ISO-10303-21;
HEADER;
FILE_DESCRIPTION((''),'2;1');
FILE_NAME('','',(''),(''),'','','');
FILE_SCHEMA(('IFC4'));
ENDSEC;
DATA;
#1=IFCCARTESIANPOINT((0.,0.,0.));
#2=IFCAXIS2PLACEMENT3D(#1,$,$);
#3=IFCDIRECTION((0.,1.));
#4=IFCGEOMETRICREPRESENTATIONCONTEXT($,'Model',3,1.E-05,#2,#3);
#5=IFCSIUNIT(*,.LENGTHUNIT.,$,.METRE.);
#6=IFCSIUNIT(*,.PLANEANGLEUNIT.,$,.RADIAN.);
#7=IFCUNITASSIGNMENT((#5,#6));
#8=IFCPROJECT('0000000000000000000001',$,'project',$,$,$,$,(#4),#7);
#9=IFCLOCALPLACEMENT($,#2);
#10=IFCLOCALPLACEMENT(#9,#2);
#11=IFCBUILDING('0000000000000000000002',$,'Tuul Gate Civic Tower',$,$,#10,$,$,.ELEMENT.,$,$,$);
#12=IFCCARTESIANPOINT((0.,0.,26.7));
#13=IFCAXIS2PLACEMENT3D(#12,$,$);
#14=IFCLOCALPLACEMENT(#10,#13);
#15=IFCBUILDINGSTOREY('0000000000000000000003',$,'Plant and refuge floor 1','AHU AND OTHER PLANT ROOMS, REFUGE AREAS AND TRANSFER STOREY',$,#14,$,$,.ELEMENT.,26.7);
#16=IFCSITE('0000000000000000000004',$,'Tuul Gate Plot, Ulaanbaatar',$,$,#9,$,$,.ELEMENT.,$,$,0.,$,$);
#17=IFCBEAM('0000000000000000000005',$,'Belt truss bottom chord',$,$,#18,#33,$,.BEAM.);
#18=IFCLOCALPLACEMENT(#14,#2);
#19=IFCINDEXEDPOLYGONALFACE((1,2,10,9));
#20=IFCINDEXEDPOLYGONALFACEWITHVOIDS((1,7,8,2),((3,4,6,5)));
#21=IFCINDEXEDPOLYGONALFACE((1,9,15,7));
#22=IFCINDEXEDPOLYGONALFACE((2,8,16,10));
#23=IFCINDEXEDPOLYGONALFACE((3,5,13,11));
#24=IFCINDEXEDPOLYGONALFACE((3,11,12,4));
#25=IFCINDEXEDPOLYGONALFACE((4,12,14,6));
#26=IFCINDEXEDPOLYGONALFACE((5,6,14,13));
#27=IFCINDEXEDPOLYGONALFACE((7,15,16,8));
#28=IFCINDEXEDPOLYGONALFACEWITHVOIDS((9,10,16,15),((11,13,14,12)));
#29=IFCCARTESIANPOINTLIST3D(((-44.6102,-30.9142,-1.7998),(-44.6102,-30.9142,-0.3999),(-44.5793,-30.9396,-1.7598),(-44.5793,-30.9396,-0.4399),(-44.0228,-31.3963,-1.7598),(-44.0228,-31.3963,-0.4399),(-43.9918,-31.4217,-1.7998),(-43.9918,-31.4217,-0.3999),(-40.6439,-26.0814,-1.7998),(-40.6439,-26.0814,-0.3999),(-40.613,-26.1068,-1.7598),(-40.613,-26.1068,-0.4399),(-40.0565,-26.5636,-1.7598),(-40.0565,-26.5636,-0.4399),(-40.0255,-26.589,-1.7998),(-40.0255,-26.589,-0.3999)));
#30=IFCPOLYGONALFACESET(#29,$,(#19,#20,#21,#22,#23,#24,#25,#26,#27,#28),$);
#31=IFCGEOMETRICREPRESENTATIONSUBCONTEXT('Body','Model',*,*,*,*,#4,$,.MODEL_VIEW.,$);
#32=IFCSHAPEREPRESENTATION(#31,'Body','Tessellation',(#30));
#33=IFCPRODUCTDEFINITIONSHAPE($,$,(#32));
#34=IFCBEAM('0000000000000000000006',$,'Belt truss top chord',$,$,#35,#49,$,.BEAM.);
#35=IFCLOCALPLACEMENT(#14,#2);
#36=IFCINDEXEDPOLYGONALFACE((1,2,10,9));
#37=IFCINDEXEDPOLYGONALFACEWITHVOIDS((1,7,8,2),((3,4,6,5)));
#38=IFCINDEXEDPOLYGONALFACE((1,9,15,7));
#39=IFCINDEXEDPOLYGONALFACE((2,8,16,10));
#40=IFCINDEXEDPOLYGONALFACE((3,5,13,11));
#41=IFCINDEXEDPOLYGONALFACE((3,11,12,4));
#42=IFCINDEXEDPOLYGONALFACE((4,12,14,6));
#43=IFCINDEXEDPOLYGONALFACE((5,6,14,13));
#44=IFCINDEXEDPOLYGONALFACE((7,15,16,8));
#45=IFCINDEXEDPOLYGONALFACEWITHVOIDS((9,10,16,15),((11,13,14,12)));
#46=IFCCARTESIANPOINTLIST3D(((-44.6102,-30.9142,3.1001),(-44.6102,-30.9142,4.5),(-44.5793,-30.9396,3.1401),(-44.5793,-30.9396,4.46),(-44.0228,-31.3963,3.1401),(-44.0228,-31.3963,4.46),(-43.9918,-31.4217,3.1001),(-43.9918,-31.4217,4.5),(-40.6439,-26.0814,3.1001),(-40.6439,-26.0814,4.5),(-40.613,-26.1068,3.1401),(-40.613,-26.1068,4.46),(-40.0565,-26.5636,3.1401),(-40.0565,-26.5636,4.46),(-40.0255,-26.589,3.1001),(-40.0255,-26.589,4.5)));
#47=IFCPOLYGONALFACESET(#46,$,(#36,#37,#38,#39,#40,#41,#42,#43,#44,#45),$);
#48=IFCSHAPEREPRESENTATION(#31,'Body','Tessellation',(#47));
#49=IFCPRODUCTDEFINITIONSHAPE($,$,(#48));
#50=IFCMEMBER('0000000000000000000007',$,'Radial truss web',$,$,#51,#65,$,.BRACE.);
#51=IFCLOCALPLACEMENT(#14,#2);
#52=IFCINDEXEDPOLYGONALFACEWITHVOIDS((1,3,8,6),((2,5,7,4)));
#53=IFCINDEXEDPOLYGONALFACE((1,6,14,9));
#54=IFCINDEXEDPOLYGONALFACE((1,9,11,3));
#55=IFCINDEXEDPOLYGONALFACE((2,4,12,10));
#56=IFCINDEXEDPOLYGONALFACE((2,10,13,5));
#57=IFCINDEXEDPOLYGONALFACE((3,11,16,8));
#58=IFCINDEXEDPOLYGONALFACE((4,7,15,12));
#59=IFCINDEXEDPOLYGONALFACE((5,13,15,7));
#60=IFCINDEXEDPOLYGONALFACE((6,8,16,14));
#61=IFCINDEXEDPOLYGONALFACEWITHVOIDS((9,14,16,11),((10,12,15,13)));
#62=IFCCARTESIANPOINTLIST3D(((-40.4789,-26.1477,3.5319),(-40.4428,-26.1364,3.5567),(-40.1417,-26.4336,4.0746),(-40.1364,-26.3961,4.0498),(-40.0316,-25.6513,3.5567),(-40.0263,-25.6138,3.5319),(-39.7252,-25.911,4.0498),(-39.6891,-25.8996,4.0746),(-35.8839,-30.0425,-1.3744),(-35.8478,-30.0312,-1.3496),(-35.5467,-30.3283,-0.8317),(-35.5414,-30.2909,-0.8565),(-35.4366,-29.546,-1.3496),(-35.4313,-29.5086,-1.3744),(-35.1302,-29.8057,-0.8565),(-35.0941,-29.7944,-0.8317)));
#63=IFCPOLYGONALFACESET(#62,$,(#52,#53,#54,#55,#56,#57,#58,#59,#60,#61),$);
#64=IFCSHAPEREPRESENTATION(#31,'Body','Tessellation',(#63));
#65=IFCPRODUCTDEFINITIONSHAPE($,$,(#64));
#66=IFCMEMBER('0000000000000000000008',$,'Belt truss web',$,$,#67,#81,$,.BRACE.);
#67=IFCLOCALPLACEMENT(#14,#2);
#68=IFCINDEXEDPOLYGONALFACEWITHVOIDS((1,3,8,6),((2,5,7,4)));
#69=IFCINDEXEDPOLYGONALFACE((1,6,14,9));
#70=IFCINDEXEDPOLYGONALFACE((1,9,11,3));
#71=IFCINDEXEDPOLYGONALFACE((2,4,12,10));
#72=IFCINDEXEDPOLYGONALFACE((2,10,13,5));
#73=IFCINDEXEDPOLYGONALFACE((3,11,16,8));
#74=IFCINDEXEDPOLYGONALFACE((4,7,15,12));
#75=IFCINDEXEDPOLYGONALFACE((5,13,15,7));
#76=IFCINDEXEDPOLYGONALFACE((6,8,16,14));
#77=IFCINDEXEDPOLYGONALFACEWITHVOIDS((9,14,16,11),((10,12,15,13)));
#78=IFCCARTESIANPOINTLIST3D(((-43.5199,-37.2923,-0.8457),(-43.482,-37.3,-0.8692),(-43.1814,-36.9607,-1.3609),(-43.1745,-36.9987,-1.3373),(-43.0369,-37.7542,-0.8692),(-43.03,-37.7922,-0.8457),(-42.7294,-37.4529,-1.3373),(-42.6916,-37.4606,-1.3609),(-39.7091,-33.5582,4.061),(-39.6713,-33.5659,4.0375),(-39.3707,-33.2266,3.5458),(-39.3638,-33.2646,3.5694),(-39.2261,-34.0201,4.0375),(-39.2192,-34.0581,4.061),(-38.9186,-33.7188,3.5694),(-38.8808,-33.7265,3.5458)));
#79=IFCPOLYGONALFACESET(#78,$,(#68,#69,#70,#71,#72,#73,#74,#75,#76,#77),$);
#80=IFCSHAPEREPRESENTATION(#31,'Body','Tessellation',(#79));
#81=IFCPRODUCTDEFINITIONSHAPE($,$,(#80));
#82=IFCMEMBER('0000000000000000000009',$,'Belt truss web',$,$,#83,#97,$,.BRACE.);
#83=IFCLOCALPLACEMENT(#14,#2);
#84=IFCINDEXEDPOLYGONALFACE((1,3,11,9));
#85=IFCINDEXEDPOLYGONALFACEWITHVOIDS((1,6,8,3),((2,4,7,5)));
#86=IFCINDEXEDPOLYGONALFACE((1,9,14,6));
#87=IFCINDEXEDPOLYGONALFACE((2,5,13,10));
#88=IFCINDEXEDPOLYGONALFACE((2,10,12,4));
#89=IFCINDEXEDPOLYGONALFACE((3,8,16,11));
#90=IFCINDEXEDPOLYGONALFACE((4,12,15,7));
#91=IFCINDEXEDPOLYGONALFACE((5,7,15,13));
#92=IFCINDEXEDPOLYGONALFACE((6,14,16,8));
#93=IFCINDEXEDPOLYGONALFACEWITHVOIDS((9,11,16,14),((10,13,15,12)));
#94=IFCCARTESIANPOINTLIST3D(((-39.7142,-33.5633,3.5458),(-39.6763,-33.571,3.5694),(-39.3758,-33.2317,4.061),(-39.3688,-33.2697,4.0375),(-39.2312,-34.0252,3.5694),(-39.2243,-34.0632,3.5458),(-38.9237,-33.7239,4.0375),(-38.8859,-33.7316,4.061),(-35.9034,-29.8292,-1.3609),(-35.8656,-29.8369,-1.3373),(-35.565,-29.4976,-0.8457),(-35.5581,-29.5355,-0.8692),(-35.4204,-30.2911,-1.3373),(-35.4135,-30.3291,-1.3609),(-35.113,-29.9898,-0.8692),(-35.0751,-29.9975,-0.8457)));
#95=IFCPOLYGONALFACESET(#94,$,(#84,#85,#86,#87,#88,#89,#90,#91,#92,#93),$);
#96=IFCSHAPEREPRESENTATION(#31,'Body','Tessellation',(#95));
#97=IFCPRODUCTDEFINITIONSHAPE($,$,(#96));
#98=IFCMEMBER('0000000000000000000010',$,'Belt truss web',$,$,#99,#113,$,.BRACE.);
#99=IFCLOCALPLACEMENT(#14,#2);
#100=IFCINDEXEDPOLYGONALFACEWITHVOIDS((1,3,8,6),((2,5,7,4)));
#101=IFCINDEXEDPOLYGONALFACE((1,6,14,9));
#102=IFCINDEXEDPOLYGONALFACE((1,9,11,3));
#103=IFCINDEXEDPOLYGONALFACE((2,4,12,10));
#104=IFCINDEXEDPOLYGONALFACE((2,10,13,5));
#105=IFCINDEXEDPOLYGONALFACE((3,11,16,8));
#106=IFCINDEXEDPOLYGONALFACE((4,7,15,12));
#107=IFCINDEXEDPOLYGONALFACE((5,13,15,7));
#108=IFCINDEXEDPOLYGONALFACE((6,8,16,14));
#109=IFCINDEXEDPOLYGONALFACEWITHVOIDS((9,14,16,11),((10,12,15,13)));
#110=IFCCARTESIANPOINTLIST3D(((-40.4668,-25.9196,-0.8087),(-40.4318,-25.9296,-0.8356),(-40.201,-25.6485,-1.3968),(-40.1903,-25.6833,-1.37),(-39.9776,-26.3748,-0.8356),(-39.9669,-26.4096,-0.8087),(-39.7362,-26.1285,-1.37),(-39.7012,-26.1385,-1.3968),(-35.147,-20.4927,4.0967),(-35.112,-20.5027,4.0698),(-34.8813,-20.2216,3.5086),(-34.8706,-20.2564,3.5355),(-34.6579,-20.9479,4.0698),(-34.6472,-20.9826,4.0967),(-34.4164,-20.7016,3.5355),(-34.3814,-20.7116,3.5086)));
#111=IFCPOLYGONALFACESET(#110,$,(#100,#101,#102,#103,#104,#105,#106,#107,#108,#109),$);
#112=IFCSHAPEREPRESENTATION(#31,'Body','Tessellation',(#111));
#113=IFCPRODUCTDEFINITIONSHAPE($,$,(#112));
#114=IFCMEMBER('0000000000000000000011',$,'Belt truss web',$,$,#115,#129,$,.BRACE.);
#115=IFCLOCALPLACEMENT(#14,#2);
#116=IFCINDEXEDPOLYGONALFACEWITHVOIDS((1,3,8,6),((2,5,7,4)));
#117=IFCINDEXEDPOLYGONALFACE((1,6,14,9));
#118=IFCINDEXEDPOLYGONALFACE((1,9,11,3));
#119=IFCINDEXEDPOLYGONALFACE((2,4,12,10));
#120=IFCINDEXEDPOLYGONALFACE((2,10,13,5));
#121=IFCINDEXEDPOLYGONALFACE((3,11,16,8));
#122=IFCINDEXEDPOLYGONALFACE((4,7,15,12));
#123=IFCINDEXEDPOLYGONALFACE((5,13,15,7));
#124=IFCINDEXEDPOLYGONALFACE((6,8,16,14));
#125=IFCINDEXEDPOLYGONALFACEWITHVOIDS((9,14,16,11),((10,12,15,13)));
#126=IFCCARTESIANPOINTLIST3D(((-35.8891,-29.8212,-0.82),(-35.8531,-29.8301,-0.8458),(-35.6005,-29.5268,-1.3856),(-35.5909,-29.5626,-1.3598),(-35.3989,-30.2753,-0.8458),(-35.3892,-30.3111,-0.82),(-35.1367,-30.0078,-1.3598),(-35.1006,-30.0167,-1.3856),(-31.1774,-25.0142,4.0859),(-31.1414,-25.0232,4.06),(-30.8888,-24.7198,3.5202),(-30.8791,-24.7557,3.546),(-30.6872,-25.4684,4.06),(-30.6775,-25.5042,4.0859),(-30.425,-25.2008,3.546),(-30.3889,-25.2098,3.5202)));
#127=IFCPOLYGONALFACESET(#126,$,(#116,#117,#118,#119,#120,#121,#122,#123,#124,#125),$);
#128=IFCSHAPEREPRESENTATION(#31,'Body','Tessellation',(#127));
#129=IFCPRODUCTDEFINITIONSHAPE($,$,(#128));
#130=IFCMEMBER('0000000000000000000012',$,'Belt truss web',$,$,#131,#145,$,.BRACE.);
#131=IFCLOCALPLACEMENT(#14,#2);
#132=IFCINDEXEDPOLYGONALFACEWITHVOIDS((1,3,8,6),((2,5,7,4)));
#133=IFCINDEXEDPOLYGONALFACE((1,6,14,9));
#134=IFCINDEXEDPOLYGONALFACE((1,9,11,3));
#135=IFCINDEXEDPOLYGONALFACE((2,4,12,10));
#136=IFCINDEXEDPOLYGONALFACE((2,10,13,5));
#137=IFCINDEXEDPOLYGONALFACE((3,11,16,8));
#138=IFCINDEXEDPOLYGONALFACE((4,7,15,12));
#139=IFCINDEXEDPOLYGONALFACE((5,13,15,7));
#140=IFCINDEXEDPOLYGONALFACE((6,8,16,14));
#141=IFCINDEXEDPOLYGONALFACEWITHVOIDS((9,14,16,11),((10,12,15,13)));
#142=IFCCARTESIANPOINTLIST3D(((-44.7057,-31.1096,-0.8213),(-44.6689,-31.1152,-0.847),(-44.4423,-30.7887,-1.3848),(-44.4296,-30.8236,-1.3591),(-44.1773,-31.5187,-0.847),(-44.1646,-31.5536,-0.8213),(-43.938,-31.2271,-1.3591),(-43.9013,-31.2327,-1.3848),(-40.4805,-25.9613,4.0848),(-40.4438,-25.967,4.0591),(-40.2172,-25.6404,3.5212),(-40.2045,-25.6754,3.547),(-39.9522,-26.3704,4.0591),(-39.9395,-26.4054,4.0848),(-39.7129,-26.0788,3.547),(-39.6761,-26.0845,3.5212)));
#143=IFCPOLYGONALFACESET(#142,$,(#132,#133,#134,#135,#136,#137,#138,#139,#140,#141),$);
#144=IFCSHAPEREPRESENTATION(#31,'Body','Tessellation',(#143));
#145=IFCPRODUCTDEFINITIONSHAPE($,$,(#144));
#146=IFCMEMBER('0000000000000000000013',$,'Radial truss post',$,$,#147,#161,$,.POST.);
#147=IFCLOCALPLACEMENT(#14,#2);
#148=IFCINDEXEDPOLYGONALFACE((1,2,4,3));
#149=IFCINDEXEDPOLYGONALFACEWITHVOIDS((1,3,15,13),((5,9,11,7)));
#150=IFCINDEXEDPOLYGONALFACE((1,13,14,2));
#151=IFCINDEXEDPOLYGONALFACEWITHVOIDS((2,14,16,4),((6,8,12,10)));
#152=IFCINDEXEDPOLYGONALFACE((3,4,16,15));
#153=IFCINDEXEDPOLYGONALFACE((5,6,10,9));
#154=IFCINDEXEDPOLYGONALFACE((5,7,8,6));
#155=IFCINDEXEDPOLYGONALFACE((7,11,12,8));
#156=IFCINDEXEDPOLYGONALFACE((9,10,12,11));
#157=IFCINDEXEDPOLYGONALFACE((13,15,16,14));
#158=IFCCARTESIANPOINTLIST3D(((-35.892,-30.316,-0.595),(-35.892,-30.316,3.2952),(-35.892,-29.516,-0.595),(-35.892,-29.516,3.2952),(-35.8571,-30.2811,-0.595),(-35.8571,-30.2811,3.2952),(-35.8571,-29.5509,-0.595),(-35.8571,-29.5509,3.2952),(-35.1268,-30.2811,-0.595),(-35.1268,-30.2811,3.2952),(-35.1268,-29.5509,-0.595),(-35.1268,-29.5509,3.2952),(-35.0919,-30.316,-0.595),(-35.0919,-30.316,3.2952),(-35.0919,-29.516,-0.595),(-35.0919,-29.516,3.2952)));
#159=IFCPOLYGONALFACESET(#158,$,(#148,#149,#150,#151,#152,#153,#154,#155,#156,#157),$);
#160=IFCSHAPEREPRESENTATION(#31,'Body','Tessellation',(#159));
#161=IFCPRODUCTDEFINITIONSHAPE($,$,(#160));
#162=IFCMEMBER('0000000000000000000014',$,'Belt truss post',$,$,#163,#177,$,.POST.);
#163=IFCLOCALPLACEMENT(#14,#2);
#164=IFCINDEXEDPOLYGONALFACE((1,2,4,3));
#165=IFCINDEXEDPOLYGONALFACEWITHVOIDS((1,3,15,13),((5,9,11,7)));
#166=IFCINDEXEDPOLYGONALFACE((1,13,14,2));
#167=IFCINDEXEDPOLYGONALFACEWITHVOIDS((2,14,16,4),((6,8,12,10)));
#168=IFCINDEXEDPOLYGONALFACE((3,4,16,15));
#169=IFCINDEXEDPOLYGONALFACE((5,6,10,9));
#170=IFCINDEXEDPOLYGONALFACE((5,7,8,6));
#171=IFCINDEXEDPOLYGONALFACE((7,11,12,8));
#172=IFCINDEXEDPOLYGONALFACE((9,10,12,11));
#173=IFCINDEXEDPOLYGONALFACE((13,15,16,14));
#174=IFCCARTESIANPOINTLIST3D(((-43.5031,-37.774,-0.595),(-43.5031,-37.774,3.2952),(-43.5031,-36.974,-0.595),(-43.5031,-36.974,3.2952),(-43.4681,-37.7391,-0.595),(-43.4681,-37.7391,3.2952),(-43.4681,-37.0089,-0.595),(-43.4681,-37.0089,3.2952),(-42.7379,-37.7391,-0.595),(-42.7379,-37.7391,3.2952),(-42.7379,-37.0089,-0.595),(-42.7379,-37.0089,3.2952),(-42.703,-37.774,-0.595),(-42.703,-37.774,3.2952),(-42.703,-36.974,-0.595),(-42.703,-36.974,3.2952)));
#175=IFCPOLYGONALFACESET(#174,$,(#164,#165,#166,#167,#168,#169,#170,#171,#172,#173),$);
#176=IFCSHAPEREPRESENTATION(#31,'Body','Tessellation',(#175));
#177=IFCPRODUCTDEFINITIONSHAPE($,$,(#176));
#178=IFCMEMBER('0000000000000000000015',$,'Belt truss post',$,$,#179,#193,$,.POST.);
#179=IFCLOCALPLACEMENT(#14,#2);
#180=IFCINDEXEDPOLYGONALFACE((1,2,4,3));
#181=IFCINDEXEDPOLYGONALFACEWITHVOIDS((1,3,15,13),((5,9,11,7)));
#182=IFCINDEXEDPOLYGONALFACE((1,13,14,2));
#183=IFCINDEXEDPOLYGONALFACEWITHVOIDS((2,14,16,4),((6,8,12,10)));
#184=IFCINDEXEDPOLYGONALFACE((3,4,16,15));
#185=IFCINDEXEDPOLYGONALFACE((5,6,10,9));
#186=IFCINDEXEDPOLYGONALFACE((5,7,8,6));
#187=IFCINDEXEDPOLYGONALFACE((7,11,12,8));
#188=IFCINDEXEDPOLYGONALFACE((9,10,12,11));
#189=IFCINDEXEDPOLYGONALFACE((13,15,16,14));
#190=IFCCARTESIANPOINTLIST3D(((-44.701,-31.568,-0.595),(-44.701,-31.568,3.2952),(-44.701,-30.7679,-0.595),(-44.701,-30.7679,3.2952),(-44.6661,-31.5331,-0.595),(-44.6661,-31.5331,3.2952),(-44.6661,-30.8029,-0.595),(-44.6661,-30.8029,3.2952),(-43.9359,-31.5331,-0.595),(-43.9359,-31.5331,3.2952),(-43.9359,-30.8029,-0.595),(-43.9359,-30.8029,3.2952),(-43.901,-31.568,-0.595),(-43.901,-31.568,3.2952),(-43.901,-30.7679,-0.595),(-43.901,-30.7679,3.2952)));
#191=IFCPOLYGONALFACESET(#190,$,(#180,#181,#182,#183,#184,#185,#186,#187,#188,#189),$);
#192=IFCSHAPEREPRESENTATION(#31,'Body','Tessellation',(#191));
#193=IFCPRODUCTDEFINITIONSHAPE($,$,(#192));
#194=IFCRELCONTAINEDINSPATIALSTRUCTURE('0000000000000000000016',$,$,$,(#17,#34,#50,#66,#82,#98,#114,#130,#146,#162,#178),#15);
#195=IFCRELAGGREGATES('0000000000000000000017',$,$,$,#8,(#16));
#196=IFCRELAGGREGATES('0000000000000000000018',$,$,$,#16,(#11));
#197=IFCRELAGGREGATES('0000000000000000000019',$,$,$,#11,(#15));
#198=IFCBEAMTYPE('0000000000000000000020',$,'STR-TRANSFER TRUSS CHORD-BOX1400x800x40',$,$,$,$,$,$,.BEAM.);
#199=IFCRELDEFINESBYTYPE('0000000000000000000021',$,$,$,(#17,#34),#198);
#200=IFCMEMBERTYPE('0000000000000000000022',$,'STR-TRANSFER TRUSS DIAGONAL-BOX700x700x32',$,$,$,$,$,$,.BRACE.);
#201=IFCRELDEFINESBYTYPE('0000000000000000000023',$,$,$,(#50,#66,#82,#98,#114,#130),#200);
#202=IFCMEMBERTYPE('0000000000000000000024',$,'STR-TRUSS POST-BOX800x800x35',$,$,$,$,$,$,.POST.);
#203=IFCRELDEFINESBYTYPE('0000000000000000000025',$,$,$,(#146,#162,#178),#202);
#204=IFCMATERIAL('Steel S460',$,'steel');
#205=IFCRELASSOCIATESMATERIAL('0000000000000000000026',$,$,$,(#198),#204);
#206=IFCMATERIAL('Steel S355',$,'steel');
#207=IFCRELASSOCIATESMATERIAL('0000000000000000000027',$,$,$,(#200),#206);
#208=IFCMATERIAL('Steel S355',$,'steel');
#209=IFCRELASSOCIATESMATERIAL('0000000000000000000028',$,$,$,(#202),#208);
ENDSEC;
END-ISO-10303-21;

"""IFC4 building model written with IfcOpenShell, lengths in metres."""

from ifc_helpers import new_model, si_unit, direction, frame, origin, origin_2d, place, context, subcontext, project, spatial, hollow_rectangle, extrude, material, material_profile, profile_set, type_object, element, save


model = new_model("IFC4")

# Units and contexts
model_context = context("Model", 3, precision=1e-05, world=origin(), true_north=direction((0.0, 1.0)))
body_context = subcontext(model_context, "Body", "Model", "MODEL_VIEW")
ifc_project = project(units=[si_unit("LENGTHUNIT", "METRE"), si_unit("PLANEANGLEUNIT", "RADIAN")], contexts=[model_context])

# Site, building, storey
site_placement = place(None, origin())
site = spatial("IfcSite", under=ifc_project, at=site_placement, Name="Tuul Gate Plot, Ulaanbaatar", CompositionType="ELEMENT", RefElevation=0.0)
building_placement = place(site_placement, origin())
building = spatial("IfcBuilding", under=site, at=building_placement, Name="Tuul Gate Civic Tower", CompositionType="ELEMENT")
storey_placement = place(building_placement, frame((0.0, 0.0, 26.7)))
storey = spatial("IfcBuildingStorey", under=building, at=storey_placement, Name="Plant and refuge floor 1", Description="AHU AND OTHER PLANT ROOMS, REFUGE AREAS AND TRANSFER STOREY", CompositionType="ELEMENT", Elevation=26.7)

# Beams
ifc_material_1 = material(Name="Steel S460", Category="steel")
ifc_material_profile_1 = material_profile(ifc_material_1, hollow_rectangle(XDim=0.8, YDim=1.3999, WallThickness=0.04, at=origin_2d()), Name="BOX1400x800x40")
ifc_profile_set_1 = profile_set([ifc_material_profile_1], Name="Steel S460")
beam_type_1 = type_object("IfcBeamType", Name="STR-TRANSFER TRUSS CHORD-BOX1400x800x40", PredefinedType="BEAM", material=ifc_profile_set_1)
for number, where, z_axis, x_axis, name in (
    (1, (-44.301, -31.168, -1.0999), (0.634409, 0.772998, 0.0), (-0.772998, 0.634409, 0.0), "Belt truss bottom chord"),
    (2, (-44.301, -31.168, 3.8), (0.634409, 0.772998, 0.0), (-0.772998, 0.634409, 0.0), "Belt truss top chord"),
):
    element("IfcBeam", number, at=place(storey_placement, frame(where, z_axis=z_axis, x_axis=x_axis)), inside=storey, type_object=beam_type_1, Name=name, PredefinedType="BEAM", context=body_context, shape_type="SweptSolid", body=[
        extrude(hollow_rectangle(XDim=0.8, YDim=1.3999, WallThickness=0.04, at=origin_2d()), origin(), (0.0, 0.0, 1.0), 6.252),
    ])

# Members
ifc_material_2 = material(Name="Steel S355", Category="steel")
ifc_material_profile_2 = material_profile(ifc_material_2, hollow_rectangle(XDim=0.7, YDim=0.7, WallThickness=0.032, at=origin_2d()), Name="BOX700x700x32")
ifc_profile_set_2 = profile_set([ifc_material_profile_2], Name="Steel S355")
member_type_1 = type_object("IfcMemberType", Name="STR-TRANSFER TRUSS DIAGONAL-BOX700x700x32", PredefinedType="BRACE", material=ifc_profile_set_2)
member_1_placement = place(storey_placement, frame((-35.489, -29.9185, -1.103), z_axis=(-0.591464, 0.501335, 0.631532), x_axis=(-0.646592, -0.762836, 0.0)))
element("IfcMember", 3, at=member_1_placement, inside=storey, type_object=member_type_1, Name="Radial truss web", PredefinedType="BRACE", context=body_context, shape_type="SweptSolid", body=[
    extrude(hollow_rectangle(XDim=0.7, YDim=0.7, WallThickness=0.032, at=origin_2d()), origin(), (0.0, 0.0, 1.0), 7.7688),
])
for number, where, z_axis, x_axis, name in (
    (4, (-43.1057, -37.3765, -1.1033), (0.525729, 0.515153, 0.676924), (-0.699886, 0.714254, 0.0), "Belt truss web"),
    (5, (-35.4893, -29.9133, -1.1033), (-0.525729, -0.515153, 0.676924), (0.699886, -0.714254, 0.0), "Belt truss web"),
):
    element("IfcMember", number, at=place(storey_placement, frame(where, z_axis=z_axis, x_axis=x_axis)), inside=storey, type_object=member_type_1, Name=name, PredefinedType="BRACE", context=body_context, shape_type="SweptSolid", body=[
        extrude(hollow_rectangle(XDim=0.7, YDim=0.7, WallThickness=0.032, at=origin_2d()), origin(), (0.0, 0.0, 1.0), 7.2485),
    ])
member_2_placement = place(storey_placement, frame((-40.084, -26.0291, -1.1028), z_axis=(0.588133, 0.599982, 0.542329), x_axis=(-0.714123, 0.70002, 0.0)))
element("IfcMember", 6, at=member_2_placement, inside=storey, type_object=member_type_1, Name="Belt truss web", PredefinedType="BRACE", context=body_context, shape_type="SweptSolid", body=[
    extrude(hollow_rectangle(XDim=0.7, YDim=0.7, WallThickness=0.032, at=origin_2d()), origin(), (0.0, 0.0, 1.0), 9.0452),
])
member_3_placement = place(storey_placement, frame((-35.4949, -29.9189, -1.1028), z_axis=(0.565694, 0.577125, 0.588997), x_axis=(-0.714144, 0.699999, 0.0)))
element("IfcMember", 7, at=member_3_placement, inside=storey, type_object=member_type_1, Name="Belt truss web", PredefinedType="BRACE", context=body_context, shape_type="SweptSolid", body=[
    extrude(hollow_rectangle(XDim=0.7, YDim=0.7, WallThickness=0.032, at=origin_2d()), origin(), (0.0, 0.0, 1.0), 8.3291),
])
member_4_placement = place(storey_placement, frame((-44.3035, -31.1711, -1.103), z_axis=(0.510778, 0.622372, 0.593093), x_axis=(-0.773004, 0.634401, 0.0)))
element("IfcMember", 8, at=member_4_placement, inside=storey, type_object=member_type_1, Name="Belt truss web", PredefinedType="BRACE", context=body_context, shape_type="SweptSolid", body=[
    extrude(hollow_rectangle(XDim=0.7, YDim=0.7, WallThickness=0.032, at=origin_2d()), origin(), (0.0, 0.0, 1.0), 8.272),
])
ifc_material_3 = material(Name="Steel S355", Category="steel")
ifc_material_profile_3 = material_profile(ifc_material_3, hollow_rectangle(XDim=0.8, YDim=0.8, WallThickness=0.0349, at=origin_2d()), Name="BOX800x800x35")
ifc_profile_set_3 = profile_set([ifc_material_profile_3], Name="Steel S355")
member_type_2 = type_object("IfcMemberType", Name="STR-TRUSS POST-BOX800x800x35", PredefinedType="POST", material=ifc_profile_set_3)
for number, where, z_axis, x_axis, name in (
    (9, (-35.4919, -29.916, -0.595), (0.0, 0.0, 1.0), (1.0, 0.0, 0.0), "Radial truss post"),
    (10, (-43.103, -37.374, -0.595), (0.0, 0.0, 1.0), (1.0, 0.0, 0.0), "Belt truss post"),
    (11, (-44.301, -31.168, -0.595), (0.0, 0.0, 1.0), (1.0, 0.0, 0.0), "Belt truss post"),
):
    element("IfcMember", number, at=place(storey_placement, frame(where, z_axis=z_axis, x_axis=x_axis)), inside=storey, type_object=member_type_2, Name=name, PredefinedType="POST", context=body_context, shape_type="SweptSolid", body=[
        extrude(hollow_rectangle(XDim=0.8, YDim=0.8, WallThickness=0.0349, at=origin_2d()), origin(), (0.0, 0.0, 1.0), 3.8901),
    ])

save(model, "model.ifc")
